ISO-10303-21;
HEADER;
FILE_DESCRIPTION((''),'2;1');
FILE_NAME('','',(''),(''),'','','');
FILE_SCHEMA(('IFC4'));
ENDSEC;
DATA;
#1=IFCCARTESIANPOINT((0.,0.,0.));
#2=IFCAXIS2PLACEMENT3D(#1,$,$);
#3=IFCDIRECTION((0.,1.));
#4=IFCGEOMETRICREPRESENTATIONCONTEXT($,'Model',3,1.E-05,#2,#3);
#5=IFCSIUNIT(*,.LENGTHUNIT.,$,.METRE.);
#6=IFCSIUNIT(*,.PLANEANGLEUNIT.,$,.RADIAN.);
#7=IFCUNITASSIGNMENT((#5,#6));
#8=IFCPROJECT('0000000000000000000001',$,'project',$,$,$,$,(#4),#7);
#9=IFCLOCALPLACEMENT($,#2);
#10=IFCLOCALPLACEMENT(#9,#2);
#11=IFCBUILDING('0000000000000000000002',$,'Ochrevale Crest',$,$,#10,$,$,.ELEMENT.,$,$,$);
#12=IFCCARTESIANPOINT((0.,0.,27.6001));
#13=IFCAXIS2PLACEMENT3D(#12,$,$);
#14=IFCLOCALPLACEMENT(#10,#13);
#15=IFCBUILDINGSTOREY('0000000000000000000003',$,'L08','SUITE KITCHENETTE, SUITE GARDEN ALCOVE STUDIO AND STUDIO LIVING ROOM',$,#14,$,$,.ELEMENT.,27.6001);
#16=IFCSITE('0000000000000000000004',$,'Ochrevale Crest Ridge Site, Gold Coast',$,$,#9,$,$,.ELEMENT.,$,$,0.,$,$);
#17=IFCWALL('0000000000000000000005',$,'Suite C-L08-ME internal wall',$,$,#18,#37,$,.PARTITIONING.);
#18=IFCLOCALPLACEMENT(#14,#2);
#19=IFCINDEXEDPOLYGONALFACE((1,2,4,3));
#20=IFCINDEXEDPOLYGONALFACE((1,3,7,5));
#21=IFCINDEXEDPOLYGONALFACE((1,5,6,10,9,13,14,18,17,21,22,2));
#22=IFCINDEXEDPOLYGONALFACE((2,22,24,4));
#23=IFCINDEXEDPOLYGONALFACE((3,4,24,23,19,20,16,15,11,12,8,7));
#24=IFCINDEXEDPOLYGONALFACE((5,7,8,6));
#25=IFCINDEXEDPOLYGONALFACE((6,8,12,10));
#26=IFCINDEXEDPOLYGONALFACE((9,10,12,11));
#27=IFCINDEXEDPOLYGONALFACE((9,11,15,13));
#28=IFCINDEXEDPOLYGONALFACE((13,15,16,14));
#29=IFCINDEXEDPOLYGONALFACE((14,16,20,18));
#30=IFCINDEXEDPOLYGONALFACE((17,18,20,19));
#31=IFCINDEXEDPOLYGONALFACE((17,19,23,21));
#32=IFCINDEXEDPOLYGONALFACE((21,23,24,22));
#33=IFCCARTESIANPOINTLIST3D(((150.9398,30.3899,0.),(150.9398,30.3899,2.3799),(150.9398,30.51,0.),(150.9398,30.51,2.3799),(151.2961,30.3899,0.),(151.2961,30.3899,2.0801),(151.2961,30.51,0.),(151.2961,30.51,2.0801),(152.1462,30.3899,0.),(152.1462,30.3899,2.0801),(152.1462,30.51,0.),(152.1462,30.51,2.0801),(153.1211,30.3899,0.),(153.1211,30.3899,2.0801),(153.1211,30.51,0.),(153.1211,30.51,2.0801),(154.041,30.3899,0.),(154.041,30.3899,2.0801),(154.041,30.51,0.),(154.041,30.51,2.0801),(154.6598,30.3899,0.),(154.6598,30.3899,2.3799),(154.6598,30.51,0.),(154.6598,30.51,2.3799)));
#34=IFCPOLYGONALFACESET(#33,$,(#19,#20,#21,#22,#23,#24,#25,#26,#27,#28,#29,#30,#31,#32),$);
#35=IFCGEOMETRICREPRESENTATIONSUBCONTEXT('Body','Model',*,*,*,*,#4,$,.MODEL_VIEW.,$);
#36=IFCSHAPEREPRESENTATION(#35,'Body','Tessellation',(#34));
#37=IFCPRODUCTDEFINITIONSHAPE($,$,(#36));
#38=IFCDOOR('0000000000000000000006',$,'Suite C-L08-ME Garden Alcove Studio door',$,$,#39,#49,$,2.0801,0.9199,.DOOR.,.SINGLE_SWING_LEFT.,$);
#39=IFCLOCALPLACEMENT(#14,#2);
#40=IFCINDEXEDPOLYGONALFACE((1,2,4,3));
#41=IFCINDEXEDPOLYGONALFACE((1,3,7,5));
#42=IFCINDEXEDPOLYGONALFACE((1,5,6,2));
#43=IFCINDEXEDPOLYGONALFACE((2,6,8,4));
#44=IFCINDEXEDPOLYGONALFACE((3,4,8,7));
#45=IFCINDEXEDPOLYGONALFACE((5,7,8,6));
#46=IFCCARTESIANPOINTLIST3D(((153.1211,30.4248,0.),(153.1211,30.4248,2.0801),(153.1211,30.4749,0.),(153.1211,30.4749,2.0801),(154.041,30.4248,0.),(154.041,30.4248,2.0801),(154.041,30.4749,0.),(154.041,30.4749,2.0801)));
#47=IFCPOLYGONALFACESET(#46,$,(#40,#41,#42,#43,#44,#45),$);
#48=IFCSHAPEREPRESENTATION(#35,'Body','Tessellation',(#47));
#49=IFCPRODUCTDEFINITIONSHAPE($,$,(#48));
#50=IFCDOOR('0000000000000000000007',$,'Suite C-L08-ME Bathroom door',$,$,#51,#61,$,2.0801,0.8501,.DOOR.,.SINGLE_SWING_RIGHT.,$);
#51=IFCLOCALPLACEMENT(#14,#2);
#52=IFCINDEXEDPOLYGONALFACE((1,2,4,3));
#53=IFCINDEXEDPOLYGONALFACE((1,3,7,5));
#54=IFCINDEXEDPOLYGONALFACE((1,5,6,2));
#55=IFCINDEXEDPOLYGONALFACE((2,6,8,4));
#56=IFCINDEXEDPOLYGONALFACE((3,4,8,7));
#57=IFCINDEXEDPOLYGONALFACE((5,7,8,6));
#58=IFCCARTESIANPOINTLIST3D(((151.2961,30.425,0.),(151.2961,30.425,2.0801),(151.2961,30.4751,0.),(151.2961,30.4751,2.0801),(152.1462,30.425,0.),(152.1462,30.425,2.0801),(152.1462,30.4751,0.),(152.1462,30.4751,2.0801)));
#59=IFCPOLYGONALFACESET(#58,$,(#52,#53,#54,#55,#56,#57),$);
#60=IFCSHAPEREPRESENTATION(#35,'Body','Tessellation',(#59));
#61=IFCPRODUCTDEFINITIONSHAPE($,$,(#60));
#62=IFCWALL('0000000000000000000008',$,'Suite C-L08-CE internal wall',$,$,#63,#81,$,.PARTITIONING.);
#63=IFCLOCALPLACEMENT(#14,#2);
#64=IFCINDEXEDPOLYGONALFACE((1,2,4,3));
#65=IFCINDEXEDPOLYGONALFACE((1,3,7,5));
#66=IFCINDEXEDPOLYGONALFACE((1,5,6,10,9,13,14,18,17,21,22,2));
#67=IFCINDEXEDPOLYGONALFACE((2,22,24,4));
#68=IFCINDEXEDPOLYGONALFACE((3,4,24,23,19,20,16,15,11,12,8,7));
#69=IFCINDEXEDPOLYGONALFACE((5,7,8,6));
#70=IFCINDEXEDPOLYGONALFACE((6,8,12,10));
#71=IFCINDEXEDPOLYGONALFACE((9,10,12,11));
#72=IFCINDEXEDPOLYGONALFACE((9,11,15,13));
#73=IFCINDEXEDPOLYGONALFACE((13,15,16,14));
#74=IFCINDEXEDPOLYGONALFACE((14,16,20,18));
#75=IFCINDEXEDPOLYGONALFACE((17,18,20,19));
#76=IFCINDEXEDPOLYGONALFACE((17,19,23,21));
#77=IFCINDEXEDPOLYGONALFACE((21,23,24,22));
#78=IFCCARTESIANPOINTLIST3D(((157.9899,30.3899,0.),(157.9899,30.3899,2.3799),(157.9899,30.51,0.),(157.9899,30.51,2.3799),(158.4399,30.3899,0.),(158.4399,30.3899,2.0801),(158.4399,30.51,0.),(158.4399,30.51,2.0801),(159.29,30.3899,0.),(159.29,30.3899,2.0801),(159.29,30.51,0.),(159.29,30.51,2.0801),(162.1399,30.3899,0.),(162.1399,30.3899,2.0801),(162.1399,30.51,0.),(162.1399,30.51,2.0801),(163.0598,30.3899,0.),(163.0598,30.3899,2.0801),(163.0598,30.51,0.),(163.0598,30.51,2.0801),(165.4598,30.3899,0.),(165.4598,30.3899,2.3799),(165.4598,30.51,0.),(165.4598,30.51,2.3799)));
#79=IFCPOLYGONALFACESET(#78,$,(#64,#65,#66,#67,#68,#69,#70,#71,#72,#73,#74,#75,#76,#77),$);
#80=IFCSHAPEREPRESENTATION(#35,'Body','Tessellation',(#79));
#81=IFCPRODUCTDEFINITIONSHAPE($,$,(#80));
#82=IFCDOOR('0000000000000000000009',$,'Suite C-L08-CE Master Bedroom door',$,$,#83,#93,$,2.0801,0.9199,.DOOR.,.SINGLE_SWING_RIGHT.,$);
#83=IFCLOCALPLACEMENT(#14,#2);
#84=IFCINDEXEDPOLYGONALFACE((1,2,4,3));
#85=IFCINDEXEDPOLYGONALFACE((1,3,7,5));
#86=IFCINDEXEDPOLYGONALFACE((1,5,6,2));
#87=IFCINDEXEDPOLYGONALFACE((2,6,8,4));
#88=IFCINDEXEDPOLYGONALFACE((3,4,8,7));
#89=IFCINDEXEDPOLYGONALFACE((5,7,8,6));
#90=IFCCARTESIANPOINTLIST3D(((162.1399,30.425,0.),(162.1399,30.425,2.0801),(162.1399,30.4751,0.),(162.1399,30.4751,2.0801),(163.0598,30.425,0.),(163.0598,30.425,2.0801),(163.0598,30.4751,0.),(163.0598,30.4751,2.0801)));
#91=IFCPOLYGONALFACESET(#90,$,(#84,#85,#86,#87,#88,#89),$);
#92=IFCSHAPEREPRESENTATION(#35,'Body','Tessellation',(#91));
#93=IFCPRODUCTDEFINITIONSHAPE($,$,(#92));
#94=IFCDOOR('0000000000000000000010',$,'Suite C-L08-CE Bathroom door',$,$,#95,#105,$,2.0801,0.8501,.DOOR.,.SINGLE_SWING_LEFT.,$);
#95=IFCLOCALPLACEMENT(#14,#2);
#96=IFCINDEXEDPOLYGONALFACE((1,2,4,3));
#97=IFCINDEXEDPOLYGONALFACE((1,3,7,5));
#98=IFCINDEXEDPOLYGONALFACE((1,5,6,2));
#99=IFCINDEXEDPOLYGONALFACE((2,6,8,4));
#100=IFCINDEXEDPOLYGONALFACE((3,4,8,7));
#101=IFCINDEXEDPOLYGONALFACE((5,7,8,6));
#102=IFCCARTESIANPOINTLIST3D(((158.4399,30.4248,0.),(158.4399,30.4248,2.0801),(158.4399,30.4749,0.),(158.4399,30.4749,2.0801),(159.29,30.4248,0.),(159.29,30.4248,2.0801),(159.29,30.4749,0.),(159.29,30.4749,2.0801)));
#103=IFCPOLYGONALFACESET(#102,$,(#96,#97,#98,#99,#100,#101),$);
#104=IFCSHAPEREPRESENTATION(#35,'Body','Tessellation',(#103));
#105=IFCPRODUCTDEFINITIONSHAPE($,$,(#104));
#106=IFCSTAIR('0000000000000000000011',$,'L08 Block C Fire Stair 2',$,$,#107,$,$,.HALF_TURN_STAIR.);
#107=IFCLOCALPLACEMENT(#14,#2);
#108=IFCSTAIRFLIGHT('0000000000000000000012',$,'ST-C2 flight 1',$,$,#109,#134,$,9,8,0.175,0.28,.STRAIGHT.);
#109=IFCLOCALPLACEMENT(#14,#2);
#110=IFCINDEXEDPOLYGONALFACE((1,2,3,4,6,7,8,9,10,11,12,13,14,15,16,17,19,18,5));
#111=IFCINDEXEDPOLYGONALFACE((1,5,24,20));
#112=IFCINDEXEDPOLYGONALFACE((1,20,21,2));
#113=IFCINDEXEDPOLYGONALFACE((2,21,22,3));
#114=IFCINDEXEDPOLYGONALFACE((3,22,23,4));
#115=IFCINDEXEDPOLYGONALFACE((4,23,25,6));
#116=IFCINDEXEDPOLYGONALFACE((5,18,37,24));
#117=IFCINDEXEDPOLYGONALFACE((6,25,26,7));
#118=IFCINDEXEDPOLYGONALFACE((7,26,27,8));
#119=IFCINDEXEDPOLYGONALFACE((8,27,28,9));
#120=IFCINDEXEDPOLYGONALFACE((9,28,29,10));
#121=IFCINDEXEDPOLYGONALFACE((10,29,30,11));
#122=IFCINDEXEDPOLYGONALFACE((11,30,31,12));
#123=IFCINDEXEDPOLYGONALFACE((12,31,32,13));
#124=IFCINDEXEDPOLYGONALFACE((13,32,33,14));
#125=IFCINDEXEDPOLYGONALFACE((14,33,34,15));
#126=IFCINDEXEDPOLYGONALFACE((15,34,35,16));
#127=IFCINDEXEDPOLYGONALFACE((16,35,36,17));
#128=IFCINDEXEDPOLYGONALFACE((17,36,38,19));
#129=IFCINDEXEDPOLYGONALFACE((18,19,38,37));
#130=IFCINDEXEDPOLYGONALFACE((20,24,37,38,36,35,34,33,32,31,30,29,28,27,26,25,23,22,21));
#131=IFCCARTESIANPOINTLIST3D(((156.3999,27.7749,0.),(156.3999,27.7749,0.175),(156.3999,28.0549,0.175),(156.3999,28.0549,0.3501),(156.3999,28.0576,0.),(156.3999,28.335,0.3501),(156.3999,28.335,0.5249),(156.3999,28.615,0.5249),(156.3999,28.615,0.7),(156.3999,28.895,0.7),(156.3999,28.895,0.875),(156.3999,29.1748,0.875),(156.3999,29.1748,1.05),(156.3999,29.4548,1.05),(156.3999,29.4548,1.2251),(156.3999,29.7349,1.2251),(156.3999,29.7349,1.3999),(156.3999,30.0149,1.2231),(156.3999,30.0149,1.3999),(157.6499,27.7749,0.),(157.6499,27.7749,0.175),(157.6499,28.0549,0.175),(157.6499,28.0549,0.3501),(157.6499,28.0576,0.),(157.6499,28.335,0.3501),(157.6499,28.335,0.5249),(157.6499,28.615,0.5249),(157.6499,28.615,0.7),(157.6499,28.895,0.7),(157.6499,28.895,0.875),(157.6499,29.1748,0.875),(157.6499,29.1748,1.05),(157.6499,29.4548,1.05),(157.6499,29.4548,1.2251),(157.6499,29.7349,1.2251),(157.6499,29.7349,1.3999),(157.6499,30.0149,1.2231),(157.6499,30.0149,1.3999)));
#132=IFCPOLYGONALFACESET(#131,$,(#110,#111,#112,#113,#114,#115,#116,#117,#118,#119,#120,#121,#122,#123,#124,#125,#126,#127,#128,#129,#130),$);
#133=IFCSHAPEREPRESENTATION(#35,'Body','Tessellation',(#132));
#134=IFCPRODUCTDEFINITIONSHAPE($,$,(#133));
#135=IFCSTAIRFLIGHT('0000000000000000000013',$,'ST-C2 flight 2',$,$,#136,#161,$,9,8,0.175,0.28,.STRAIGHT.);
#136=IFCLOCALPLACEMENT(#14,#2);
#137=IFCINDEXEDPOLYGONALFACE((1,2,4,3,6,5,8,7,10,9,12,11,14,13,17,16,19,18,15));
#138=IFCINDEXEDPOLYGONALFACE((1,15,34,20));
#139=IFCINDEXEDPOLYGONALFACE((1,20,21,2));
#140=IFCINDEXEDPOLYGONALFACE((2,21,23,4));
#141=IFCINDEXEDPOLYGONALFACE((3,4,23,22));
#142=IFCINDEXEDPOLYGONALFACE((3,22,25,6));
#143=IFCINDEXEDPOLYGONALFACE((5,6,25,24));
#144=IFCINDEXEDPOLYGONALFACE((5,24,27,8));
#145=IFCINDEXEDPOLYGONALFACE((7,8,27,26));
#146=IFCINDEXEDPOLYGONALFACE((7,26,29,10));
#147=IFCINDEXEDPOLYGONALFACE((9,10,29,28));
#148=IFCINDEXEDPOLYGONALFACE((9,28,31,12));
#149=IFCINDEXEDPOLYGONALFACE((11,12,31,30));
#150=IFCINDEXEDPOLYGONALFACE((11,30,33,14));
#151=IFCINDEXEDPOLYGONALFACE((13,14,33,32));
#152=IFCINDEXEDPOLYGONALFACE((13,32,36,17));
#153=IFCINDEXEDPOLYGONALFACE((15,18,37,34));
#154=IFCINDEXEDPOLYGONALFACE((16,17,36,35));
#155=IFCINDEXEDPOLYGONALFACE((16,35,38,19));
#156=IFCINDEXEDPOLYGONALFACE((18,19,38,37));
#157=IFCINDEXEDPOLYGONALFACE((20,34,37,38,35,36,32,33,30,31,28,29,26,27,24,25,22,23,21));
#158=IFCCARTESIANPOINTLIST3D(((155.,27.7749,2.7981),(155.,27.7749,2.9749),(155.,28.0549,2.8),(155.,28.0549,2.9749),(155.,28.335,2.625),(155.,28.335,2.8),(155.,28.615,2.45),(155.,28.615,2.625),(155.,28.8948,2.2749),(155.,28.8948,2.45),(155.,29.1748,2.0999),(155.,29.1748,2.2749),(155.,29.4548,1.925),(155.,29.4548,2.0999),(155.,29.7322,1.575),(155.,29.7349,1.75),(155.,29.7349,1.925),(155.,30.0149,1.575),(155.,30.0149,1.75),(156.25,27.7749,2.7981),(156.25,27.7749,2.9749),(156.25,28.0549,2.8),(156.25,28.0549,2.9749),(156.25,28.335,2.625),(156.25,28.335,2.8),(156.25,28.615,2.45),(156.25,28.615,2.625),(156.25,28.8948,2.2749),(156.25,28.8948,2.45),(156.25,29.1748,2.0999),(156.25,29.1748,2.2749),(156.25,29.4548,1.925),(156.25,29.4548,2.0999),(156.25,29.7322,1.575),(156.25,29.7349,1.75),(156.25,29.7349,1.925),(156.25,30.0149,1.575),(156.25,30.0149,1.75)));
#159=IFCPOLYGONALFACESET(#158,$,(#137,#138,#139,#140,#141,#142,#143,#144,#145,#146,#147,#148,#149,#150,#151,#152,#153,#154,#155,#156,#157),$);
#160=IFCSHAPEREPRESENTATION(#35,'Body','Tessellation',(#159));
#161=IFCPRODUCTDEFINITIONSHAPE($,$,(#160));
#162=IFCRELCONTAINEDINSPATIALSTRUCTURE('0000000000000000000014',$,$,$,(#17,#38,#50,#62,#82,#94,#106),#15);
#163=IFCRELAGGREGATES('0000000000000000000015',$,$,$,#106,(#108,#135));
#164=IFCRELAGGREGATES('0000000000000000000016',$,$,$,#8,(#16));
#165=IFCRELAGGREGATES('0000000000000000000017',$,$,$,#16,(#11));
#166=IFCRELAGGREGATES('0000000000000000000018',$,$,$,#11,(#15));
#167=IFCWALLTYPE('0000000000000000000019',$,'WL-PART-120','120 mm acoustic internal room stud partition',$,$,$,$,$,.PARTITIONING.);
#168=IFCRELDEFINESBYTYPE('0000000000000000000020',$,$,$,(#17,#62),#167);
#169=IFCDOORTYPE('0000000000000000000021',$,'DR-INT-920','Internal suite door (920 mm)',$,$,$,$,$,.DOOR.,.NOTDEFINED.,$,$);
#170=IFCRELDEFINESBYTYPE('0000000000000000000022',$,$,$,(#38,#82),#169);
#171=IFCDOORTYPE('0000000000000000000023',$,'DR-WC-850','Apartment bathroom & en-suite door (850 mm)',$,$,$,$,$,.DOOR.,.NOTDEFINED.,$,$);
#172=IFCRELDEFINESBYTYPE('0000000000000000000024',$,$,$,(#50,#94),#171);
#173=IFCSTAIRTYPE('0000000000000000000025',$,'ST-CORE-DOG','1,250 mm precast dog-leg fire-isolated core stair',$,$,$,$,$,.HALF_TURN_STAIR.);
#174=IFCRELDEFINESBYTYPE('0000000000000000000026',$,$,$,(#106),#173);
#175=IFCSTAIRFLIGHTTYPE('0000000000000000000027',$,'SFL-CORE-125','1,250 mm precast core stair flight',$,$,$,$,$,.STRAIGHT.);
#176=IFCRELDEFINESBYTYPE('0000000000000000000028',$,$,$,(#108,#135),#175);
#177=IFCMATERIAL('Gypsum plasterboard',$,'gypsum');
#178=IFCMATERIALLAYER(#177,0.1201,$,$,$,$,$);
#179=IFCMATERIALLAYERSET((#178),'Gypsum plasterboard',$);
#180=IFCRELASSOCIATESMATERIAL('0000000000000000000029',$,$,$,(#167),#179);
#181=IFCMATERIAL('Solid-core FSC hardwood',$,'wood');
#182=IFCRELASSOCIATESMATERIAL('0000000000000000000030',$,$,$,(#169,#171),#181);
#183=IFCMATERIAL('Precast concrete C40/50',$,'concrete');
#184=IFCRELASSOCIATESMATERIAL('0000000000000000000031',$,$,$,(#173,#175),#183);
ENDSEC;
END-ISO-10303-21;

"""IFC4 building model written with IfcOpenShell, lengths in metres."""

from ifc_helpers import new_model, si_unit, direction, frame, frame_2d, origin, place, context, subcontext, project, spatial, polyline, rectangle, outline, extrude, material, layer, layer_set, type_object, element, fill, aggregate, save


model = new_model("IFC4")

# Units and contexts
model_context = context("Model", 3, precision=1e-05, world=origin(), true_north=direction((0.0, 1.0)))
body_context = subcontext(model_context, "Body", "Model", "MODEL_VIEW")
ifc_project = project(units=[si_unit("LENGTHUNIT", "METRE"), si_unit("PLANEANGLEUNIT", "RADIAN")], contexts=[model_context])

# Site, building, storey
site_placement = place(None, origin())
site = spatial("IfcSite", under=ifc_project, at=site_placement, Name="Ochrevale Crest Ridge Site, Gold Coast", CompositionType="ELEMENT", RefElevation=0.0)
building_placement = place(site_placement, origin())
building = spatial("IfcBuilding", under=site, at=building_placement, Name="Ochrevale Crest", CompositionType="ELEMENT")
storey_placement = place(building_placement, frame((0.0, 0.0, 27.6001)))
storey = spatial("IfcBuildingStorey", under=building, at=storey_placement, Name="L08", Description="SUITE KITCHENETTE, SUITE GARDEN ALCOVE STUDIO AND STUDIO LIVING ROOM", CompositionType="ELEMENT", Elevation=27.6001)

# Shared definitions
ifc_material_1 = material(Name="Gypsum plasterboard", Category="gypsum")
ifc_material_2 = material(Name="Solid-core FSC hardwood", Category="wood")

# Walls, openings, doors
ifc_layer_1 = layer(ifc_material_1, 0.1201)
ifc_layer_set_1 = layer_set([ifc_layer_1], Name="Gypsum plasterboard")
wall_type_1 = type_object("IfcWallType", Name="WL-PART-120", Description="120 mm acoustic internal room stud partition", PredefinedType="PARTITIONING", material=ifc_layer_set_1)
wall_1_placement = place(storey_placement, frame((150.9399, 30.45, 0.0), z_axis=(0.0, 0.0, 1.0), x_axis=(1.0, 0.0, 0.0)))
wall_1 = element("IfcWall", 1, at=wall_1_placement, inside=storey, type_object=wall_type_1, Name="Suite C-L08-ME internal wall", PredefinedType="PARTITIONING", context=body_context, shape_type="SweptSolid", body=[
    extrude(rectangle(XDim=3.72, YDim=0.1201, at=frame_2d((1.8599, 0.0))), origin(), (0.0, 0.0, 1.0), 2.3799),
])
opening_1_placement = place(wall_1_placement, frame((1.2063, 0.0, 0.0), z_axis=(0.0, 0.0, 1.0), x_axis=(-1.0, 0.0, 0.0)))
opening_1 = element("IfcOpeningElement", 2, at=opening_1_placement, cuts=wall_1, PredefinedType="OPENING", context=body_context, shape_type="SweptSolid", body=[
    extrude(rectangle(XDim=0.8501, YDim=2.0801, at=frame_2d((0.425, 1.04))), frame((0.0, 0.0701, 0.0), z_axis=(0.0, -1.0, 0.0), x_axis=(1.0, 0.0, 0.0)), (0.0, 0.0, 1.0), 0.1401),
])
opening_2_placement = place(wall_1_placement, frame((2.1812, 0.0, 0.0)))
opening_2 = element("IfcOpeningElement", 3, at=opening_2_placement, cuts=wall_1, PredefinedType="OPENING", context=body_context, shape_type="SweptSolid", body=[
    extrude(rectangle(XDim=0.9199, YDim=2.0801, at=frame_2d((0.46, 1.04))), frame((0.0, 0.0701, 0.0), z_axis=(0.0, -1.0, 0.0), x_axis=(1.0, 0.0, 0.0)), (0.0, 0.0, 1.0), 0.1401),
])
door_type_1 = type_object("IfcDoorType", Name="DR-INT-920", Description="Internal suite door (920 mm)", OperationType="NOTDEFINED", PredefinedType="DOOR", material=ifc_material_2)
door_1_placement = place(opening_2_placement, origin())
door_1 = element("IfcDoor", 4, at=door_1_placement, inside=storey, type_object=door_type_1, Name="Suite C-L08-ME Garden Alcove Studio door", OperationType="SINGLE_SWING_LEFT", OverallHeight=2.0801, OverallWidth=0.9199, PredefinedType="DOOR", context=body_context, shape_type="SweptSolid", body=[
    extrude(rectangle(XDim=0.9199, YDim=2.0801, at=frame_2d((0.46, 1.04))), frame((0.0, 0.0249, 0.0), z_axis=(0.0, -1.0, 0.0), x_axis=(1.0, 0.0, 0.0)), (0.0, 0.0, 1.0), 0.05),
])
fill(opening_2, door_1)
door_type_2 = type_object("IfcDoorType", Name="DR-WC-850", Description="Apartment bathroom & en-suite door (850 mm)", OperationType="NOTDEFINED", PredefinedType="DOOR", material=ifc_material_2)
door_2_placement = place(opening_1_placement, origin())
door_2 = element("IfcDoor", 5, at=door_2_placement, inside=storey, type_object=door_type_2, Name="Suite C-L08-ME Bathroom door", OperationType="SINGLE_SWING_RIGHT", OverallHeight=2.0801, OverallWidth=0.8501, PredefinedType="DOOR", context=body_context, shape_type="SweptSolid", body=[
    extrude(rectangle(XDim=0.8501, YDim=2.0801, at=frame_2d((0.425, 1.04))), frame((0.0, 0.0249, 0.0), z_axis=(0.0, -1.0, 0.0), x_axis=(1.0, 0.0, 0.0)), (0.0, 0.0, 1.0), 0.05),
])
fill(opening_1, door_2)
wall_2_placement = place(storey_placement, frame((157.99, 30.45, 0.0), z_axis=(0.0, 0.0, 1.0), x_axis=(1.0, 0.0, 0.0)))
wall_2 = element("IfcWall", 6, at=wall_2_placement, inside=storey, type_object=wall_type_1, Name="Suite C-L08-CE internal wall", PredefinedType="PARTITIONING", context=body_context, shape_type="SweptSolid", body=[
    extrude(rectangle(XDim=7.47, YDim=0.1201, at=frame_2d((3.7349, 0.0))), origin(), (0.0, 0.0, 1.0), 2.3799),
])
opening_3_placement = place(wall_2_placement, frame((0.45, 0.0, 0.0)))
opening_3 = element("IfcOpeningElement", 7, at=opening_3_placement, cuts=wall_2, PredefinedType="OPENING", context=body_context, shape_type="SweptSolid", body=[
    extrude(rectangle(XDim=0.8501, YDim=2.0801, at=frame_2d((0.425, 1.04))), frame((0.0, 0.0701, 0.0), z_axis=(0.0, -1.0, 0.0), x_axis=(1.0, 0.0, 0.0)), (0.0, 0.0, 1.0), 0.1401),
])
opening_4_placement = place(wall_2_placement, frame((5.0698, 0.0, 0.0), z_axis=(0.0, 0.0, 1.0), x_axis=(-1.0, 0.0, 0.0)))
opening_4 = element("IfcOpeningElement", 8, at=opening_4_placement, cuts=wall_2, PredefinedType="OPENING", context=body_context, shape_type="SweptSolid", body=[
    extrude(rectangle(XDim=0.9199, YDim=2.0801, at=frame_2d((0.46, 1.04))), frame((0.0, 0.0701, 0.0), z_axis=(0.0, -1.0, 0.0), x_axis=(1.0, 0.0, 0.0)), (0.0, 0.0, 1.0), 0.1401),
])
door_3_placement = place(opening_4_placement, origin())
door_3 = element("IfcDoor", 9, at=door_3_placement, inside=storey, type_object=door_type_1, Name="Suite C-L08-CE Master Bedroom door", OperationType="SINGLE_SWING_RIGHT", OverallHeight=2.0801, OverallWidth=0.9199, PredefinedType="DOOR", context=body_context, shape_type="SweptSolid", body=[
    extrude(rectangle(XDim=0.9199, YDim=2.0801, at=frame_2d((0.46, 1.04))), frame((0.0, 0.0249, 0.0), z_axis=(0.0, -1.0, 0.0), x_axis=(1.0, 0.0, 0.0)), (0.0, 0.0, 1.0), 0.05),
])
fill(opening_4, door_3)
door_4_placement = place(opening_3_placement, origin())
door_4 = element("IfcDoor", 10, at=door_4_placement, inside=storey, type_object=door_type_2, Name="Suite C-L08-CE Bathroom door", OperationType="SINGLE_SWING_LEFT", OverallHeight=2.0801, OverallWidth=0.8501, PredefinedType="DOOR", context=body_context, shape_type="SweptSolid", body=[
    extrude(rectangle(XDim=0.8501, YDim=2.0801, at=frame_2d((0.425, 1.04))), frame((0.0, 0.0249, 0.0), z_axis=(0.0, -1.0, 0.0), x_axis=(1.0, 0.0, 0.0)), (0.0, 0.0, 1.0), 0.05),
])
fill(opening_3, door_4)

# Stair, stair flights
ifc_material_3 = material(Name="Precast concrete C40/50", Category="concrete")
stair_type = type_object("IfcStairType", Name="ST-CORE-DOG", Description="1,250 mm precast dog-leg fire-isolated core stair", PredefinedType="HALF_TURN_STAIR", material=ifc_material_3)
stair_placement = place(storey_placement, origin())
stair = element("IfcStair", 11, at=stair_placement, inside=storey, type_object=stair_type, Name="L08 Block C Fire Stair 2", PredefinedType="HALF_TURN_STAIR")
stair_flight_type = type_object("IfcStairFlightType", Name="SFL-CORE-125", Description="1,250 mm precast core stair flight", PredefinedType="STRAIGHT", material=ifc_material_3)
stair_flight_1_placement = place(storey_placement, frame((157.0249, 27.7749, 0.0), z_axis=(0.0, 0.0, 1.0), x_axis=(0.0, 1.0, 0.0)))
stair_flight_1 = element("IfcStairFlight", 12, at=stair_flight_1_placement, type_object=stair_flight_type, Name="ST-C2 flight 1", NumberOfRisers=9, NumberOfTreads=8, PredefinedType="STRAIGHT", RiserHeight=0.175, TreadLength=0.28, context=body_context, shape_type="SweptSolid", body=[
    extrude(outline(polyline([(0.0, 0.0), (0.0, 0.175), (0.28, 0.175), (0.28, 0.3501), (0.5601, 0.3501), (0.5601, 0.5249), (0.8401, 0.5249), (0.8401, 0.7), (1.1201, 0.7), (1.1201, 0.875), (1.3999, 0.875), (1.3999, 1.05), (1.6799, 1.05), (1.6799, 1.2251), (1.96, 1.2251), (1.96, 1.3999), (2.24, 1.3999), (2.24, 1.575), (2.24, 1.2231), (0.2827, 0.0), (0.0, 0.0)])), frame((0.0, 0.625, 0.0), z_axis=(0.0, -1.0, 0.0), x_axis=(1.0, 0.0, 0.0)), (0.0, 0.0, 1.0), 1.25),
])
stair_flight_2_placement = place(storey_placement, frame((155.625, 30.0149, 1.575), z_axis=(0.0, 0.0, 1.0), x_axis=(0.0, -1.0, 0.0)))
stair_flight_2 = element("IfcStairFlight", 13, at=stair_flight_2_placement, type_object=stair_flight_type, Name="ST-C2 flight 2", NumberOfRisers=9, NumberOfTreads=8, PredefinedType="STRAIGHT", RiserHeight=0.175, TreadLength=0.28, context=body_context, shape_type="SweptSolid", body=[
    extrude(outline(polyline([(0.0, 0.0), (0.0, 0.175), (0.28, 0.175), (0.28, 0.3501), (0.5601, 0.3501), (0.5601, 0.5249), (0.8401, 0.5249), (0.8401, 0.7), (1.1201, 0.7), (1.1201, 0.875), (1.3999, 0.875), (1.3999, 1.05), (1.6799, 1.05), (1.6799, 1.2251), (1.96, 1.2251), (1.96, 1.3999), (2.24, 1.3999), (2.24, 1.575), (2.24, 1.2231), (0.2827, 0.0), (0.0, 0.0)])), frame((0.0, 0.625, 0.0), z_axis=(0.0, -1.0, 0.0), x_axis=(1.0, 0.0, 0.0)), (0.0, 0.0, 1.0), 1.25),
])
aggregate(stair, [stair_flight_1, stair_flight_2])

save(model, "model.ifc")
